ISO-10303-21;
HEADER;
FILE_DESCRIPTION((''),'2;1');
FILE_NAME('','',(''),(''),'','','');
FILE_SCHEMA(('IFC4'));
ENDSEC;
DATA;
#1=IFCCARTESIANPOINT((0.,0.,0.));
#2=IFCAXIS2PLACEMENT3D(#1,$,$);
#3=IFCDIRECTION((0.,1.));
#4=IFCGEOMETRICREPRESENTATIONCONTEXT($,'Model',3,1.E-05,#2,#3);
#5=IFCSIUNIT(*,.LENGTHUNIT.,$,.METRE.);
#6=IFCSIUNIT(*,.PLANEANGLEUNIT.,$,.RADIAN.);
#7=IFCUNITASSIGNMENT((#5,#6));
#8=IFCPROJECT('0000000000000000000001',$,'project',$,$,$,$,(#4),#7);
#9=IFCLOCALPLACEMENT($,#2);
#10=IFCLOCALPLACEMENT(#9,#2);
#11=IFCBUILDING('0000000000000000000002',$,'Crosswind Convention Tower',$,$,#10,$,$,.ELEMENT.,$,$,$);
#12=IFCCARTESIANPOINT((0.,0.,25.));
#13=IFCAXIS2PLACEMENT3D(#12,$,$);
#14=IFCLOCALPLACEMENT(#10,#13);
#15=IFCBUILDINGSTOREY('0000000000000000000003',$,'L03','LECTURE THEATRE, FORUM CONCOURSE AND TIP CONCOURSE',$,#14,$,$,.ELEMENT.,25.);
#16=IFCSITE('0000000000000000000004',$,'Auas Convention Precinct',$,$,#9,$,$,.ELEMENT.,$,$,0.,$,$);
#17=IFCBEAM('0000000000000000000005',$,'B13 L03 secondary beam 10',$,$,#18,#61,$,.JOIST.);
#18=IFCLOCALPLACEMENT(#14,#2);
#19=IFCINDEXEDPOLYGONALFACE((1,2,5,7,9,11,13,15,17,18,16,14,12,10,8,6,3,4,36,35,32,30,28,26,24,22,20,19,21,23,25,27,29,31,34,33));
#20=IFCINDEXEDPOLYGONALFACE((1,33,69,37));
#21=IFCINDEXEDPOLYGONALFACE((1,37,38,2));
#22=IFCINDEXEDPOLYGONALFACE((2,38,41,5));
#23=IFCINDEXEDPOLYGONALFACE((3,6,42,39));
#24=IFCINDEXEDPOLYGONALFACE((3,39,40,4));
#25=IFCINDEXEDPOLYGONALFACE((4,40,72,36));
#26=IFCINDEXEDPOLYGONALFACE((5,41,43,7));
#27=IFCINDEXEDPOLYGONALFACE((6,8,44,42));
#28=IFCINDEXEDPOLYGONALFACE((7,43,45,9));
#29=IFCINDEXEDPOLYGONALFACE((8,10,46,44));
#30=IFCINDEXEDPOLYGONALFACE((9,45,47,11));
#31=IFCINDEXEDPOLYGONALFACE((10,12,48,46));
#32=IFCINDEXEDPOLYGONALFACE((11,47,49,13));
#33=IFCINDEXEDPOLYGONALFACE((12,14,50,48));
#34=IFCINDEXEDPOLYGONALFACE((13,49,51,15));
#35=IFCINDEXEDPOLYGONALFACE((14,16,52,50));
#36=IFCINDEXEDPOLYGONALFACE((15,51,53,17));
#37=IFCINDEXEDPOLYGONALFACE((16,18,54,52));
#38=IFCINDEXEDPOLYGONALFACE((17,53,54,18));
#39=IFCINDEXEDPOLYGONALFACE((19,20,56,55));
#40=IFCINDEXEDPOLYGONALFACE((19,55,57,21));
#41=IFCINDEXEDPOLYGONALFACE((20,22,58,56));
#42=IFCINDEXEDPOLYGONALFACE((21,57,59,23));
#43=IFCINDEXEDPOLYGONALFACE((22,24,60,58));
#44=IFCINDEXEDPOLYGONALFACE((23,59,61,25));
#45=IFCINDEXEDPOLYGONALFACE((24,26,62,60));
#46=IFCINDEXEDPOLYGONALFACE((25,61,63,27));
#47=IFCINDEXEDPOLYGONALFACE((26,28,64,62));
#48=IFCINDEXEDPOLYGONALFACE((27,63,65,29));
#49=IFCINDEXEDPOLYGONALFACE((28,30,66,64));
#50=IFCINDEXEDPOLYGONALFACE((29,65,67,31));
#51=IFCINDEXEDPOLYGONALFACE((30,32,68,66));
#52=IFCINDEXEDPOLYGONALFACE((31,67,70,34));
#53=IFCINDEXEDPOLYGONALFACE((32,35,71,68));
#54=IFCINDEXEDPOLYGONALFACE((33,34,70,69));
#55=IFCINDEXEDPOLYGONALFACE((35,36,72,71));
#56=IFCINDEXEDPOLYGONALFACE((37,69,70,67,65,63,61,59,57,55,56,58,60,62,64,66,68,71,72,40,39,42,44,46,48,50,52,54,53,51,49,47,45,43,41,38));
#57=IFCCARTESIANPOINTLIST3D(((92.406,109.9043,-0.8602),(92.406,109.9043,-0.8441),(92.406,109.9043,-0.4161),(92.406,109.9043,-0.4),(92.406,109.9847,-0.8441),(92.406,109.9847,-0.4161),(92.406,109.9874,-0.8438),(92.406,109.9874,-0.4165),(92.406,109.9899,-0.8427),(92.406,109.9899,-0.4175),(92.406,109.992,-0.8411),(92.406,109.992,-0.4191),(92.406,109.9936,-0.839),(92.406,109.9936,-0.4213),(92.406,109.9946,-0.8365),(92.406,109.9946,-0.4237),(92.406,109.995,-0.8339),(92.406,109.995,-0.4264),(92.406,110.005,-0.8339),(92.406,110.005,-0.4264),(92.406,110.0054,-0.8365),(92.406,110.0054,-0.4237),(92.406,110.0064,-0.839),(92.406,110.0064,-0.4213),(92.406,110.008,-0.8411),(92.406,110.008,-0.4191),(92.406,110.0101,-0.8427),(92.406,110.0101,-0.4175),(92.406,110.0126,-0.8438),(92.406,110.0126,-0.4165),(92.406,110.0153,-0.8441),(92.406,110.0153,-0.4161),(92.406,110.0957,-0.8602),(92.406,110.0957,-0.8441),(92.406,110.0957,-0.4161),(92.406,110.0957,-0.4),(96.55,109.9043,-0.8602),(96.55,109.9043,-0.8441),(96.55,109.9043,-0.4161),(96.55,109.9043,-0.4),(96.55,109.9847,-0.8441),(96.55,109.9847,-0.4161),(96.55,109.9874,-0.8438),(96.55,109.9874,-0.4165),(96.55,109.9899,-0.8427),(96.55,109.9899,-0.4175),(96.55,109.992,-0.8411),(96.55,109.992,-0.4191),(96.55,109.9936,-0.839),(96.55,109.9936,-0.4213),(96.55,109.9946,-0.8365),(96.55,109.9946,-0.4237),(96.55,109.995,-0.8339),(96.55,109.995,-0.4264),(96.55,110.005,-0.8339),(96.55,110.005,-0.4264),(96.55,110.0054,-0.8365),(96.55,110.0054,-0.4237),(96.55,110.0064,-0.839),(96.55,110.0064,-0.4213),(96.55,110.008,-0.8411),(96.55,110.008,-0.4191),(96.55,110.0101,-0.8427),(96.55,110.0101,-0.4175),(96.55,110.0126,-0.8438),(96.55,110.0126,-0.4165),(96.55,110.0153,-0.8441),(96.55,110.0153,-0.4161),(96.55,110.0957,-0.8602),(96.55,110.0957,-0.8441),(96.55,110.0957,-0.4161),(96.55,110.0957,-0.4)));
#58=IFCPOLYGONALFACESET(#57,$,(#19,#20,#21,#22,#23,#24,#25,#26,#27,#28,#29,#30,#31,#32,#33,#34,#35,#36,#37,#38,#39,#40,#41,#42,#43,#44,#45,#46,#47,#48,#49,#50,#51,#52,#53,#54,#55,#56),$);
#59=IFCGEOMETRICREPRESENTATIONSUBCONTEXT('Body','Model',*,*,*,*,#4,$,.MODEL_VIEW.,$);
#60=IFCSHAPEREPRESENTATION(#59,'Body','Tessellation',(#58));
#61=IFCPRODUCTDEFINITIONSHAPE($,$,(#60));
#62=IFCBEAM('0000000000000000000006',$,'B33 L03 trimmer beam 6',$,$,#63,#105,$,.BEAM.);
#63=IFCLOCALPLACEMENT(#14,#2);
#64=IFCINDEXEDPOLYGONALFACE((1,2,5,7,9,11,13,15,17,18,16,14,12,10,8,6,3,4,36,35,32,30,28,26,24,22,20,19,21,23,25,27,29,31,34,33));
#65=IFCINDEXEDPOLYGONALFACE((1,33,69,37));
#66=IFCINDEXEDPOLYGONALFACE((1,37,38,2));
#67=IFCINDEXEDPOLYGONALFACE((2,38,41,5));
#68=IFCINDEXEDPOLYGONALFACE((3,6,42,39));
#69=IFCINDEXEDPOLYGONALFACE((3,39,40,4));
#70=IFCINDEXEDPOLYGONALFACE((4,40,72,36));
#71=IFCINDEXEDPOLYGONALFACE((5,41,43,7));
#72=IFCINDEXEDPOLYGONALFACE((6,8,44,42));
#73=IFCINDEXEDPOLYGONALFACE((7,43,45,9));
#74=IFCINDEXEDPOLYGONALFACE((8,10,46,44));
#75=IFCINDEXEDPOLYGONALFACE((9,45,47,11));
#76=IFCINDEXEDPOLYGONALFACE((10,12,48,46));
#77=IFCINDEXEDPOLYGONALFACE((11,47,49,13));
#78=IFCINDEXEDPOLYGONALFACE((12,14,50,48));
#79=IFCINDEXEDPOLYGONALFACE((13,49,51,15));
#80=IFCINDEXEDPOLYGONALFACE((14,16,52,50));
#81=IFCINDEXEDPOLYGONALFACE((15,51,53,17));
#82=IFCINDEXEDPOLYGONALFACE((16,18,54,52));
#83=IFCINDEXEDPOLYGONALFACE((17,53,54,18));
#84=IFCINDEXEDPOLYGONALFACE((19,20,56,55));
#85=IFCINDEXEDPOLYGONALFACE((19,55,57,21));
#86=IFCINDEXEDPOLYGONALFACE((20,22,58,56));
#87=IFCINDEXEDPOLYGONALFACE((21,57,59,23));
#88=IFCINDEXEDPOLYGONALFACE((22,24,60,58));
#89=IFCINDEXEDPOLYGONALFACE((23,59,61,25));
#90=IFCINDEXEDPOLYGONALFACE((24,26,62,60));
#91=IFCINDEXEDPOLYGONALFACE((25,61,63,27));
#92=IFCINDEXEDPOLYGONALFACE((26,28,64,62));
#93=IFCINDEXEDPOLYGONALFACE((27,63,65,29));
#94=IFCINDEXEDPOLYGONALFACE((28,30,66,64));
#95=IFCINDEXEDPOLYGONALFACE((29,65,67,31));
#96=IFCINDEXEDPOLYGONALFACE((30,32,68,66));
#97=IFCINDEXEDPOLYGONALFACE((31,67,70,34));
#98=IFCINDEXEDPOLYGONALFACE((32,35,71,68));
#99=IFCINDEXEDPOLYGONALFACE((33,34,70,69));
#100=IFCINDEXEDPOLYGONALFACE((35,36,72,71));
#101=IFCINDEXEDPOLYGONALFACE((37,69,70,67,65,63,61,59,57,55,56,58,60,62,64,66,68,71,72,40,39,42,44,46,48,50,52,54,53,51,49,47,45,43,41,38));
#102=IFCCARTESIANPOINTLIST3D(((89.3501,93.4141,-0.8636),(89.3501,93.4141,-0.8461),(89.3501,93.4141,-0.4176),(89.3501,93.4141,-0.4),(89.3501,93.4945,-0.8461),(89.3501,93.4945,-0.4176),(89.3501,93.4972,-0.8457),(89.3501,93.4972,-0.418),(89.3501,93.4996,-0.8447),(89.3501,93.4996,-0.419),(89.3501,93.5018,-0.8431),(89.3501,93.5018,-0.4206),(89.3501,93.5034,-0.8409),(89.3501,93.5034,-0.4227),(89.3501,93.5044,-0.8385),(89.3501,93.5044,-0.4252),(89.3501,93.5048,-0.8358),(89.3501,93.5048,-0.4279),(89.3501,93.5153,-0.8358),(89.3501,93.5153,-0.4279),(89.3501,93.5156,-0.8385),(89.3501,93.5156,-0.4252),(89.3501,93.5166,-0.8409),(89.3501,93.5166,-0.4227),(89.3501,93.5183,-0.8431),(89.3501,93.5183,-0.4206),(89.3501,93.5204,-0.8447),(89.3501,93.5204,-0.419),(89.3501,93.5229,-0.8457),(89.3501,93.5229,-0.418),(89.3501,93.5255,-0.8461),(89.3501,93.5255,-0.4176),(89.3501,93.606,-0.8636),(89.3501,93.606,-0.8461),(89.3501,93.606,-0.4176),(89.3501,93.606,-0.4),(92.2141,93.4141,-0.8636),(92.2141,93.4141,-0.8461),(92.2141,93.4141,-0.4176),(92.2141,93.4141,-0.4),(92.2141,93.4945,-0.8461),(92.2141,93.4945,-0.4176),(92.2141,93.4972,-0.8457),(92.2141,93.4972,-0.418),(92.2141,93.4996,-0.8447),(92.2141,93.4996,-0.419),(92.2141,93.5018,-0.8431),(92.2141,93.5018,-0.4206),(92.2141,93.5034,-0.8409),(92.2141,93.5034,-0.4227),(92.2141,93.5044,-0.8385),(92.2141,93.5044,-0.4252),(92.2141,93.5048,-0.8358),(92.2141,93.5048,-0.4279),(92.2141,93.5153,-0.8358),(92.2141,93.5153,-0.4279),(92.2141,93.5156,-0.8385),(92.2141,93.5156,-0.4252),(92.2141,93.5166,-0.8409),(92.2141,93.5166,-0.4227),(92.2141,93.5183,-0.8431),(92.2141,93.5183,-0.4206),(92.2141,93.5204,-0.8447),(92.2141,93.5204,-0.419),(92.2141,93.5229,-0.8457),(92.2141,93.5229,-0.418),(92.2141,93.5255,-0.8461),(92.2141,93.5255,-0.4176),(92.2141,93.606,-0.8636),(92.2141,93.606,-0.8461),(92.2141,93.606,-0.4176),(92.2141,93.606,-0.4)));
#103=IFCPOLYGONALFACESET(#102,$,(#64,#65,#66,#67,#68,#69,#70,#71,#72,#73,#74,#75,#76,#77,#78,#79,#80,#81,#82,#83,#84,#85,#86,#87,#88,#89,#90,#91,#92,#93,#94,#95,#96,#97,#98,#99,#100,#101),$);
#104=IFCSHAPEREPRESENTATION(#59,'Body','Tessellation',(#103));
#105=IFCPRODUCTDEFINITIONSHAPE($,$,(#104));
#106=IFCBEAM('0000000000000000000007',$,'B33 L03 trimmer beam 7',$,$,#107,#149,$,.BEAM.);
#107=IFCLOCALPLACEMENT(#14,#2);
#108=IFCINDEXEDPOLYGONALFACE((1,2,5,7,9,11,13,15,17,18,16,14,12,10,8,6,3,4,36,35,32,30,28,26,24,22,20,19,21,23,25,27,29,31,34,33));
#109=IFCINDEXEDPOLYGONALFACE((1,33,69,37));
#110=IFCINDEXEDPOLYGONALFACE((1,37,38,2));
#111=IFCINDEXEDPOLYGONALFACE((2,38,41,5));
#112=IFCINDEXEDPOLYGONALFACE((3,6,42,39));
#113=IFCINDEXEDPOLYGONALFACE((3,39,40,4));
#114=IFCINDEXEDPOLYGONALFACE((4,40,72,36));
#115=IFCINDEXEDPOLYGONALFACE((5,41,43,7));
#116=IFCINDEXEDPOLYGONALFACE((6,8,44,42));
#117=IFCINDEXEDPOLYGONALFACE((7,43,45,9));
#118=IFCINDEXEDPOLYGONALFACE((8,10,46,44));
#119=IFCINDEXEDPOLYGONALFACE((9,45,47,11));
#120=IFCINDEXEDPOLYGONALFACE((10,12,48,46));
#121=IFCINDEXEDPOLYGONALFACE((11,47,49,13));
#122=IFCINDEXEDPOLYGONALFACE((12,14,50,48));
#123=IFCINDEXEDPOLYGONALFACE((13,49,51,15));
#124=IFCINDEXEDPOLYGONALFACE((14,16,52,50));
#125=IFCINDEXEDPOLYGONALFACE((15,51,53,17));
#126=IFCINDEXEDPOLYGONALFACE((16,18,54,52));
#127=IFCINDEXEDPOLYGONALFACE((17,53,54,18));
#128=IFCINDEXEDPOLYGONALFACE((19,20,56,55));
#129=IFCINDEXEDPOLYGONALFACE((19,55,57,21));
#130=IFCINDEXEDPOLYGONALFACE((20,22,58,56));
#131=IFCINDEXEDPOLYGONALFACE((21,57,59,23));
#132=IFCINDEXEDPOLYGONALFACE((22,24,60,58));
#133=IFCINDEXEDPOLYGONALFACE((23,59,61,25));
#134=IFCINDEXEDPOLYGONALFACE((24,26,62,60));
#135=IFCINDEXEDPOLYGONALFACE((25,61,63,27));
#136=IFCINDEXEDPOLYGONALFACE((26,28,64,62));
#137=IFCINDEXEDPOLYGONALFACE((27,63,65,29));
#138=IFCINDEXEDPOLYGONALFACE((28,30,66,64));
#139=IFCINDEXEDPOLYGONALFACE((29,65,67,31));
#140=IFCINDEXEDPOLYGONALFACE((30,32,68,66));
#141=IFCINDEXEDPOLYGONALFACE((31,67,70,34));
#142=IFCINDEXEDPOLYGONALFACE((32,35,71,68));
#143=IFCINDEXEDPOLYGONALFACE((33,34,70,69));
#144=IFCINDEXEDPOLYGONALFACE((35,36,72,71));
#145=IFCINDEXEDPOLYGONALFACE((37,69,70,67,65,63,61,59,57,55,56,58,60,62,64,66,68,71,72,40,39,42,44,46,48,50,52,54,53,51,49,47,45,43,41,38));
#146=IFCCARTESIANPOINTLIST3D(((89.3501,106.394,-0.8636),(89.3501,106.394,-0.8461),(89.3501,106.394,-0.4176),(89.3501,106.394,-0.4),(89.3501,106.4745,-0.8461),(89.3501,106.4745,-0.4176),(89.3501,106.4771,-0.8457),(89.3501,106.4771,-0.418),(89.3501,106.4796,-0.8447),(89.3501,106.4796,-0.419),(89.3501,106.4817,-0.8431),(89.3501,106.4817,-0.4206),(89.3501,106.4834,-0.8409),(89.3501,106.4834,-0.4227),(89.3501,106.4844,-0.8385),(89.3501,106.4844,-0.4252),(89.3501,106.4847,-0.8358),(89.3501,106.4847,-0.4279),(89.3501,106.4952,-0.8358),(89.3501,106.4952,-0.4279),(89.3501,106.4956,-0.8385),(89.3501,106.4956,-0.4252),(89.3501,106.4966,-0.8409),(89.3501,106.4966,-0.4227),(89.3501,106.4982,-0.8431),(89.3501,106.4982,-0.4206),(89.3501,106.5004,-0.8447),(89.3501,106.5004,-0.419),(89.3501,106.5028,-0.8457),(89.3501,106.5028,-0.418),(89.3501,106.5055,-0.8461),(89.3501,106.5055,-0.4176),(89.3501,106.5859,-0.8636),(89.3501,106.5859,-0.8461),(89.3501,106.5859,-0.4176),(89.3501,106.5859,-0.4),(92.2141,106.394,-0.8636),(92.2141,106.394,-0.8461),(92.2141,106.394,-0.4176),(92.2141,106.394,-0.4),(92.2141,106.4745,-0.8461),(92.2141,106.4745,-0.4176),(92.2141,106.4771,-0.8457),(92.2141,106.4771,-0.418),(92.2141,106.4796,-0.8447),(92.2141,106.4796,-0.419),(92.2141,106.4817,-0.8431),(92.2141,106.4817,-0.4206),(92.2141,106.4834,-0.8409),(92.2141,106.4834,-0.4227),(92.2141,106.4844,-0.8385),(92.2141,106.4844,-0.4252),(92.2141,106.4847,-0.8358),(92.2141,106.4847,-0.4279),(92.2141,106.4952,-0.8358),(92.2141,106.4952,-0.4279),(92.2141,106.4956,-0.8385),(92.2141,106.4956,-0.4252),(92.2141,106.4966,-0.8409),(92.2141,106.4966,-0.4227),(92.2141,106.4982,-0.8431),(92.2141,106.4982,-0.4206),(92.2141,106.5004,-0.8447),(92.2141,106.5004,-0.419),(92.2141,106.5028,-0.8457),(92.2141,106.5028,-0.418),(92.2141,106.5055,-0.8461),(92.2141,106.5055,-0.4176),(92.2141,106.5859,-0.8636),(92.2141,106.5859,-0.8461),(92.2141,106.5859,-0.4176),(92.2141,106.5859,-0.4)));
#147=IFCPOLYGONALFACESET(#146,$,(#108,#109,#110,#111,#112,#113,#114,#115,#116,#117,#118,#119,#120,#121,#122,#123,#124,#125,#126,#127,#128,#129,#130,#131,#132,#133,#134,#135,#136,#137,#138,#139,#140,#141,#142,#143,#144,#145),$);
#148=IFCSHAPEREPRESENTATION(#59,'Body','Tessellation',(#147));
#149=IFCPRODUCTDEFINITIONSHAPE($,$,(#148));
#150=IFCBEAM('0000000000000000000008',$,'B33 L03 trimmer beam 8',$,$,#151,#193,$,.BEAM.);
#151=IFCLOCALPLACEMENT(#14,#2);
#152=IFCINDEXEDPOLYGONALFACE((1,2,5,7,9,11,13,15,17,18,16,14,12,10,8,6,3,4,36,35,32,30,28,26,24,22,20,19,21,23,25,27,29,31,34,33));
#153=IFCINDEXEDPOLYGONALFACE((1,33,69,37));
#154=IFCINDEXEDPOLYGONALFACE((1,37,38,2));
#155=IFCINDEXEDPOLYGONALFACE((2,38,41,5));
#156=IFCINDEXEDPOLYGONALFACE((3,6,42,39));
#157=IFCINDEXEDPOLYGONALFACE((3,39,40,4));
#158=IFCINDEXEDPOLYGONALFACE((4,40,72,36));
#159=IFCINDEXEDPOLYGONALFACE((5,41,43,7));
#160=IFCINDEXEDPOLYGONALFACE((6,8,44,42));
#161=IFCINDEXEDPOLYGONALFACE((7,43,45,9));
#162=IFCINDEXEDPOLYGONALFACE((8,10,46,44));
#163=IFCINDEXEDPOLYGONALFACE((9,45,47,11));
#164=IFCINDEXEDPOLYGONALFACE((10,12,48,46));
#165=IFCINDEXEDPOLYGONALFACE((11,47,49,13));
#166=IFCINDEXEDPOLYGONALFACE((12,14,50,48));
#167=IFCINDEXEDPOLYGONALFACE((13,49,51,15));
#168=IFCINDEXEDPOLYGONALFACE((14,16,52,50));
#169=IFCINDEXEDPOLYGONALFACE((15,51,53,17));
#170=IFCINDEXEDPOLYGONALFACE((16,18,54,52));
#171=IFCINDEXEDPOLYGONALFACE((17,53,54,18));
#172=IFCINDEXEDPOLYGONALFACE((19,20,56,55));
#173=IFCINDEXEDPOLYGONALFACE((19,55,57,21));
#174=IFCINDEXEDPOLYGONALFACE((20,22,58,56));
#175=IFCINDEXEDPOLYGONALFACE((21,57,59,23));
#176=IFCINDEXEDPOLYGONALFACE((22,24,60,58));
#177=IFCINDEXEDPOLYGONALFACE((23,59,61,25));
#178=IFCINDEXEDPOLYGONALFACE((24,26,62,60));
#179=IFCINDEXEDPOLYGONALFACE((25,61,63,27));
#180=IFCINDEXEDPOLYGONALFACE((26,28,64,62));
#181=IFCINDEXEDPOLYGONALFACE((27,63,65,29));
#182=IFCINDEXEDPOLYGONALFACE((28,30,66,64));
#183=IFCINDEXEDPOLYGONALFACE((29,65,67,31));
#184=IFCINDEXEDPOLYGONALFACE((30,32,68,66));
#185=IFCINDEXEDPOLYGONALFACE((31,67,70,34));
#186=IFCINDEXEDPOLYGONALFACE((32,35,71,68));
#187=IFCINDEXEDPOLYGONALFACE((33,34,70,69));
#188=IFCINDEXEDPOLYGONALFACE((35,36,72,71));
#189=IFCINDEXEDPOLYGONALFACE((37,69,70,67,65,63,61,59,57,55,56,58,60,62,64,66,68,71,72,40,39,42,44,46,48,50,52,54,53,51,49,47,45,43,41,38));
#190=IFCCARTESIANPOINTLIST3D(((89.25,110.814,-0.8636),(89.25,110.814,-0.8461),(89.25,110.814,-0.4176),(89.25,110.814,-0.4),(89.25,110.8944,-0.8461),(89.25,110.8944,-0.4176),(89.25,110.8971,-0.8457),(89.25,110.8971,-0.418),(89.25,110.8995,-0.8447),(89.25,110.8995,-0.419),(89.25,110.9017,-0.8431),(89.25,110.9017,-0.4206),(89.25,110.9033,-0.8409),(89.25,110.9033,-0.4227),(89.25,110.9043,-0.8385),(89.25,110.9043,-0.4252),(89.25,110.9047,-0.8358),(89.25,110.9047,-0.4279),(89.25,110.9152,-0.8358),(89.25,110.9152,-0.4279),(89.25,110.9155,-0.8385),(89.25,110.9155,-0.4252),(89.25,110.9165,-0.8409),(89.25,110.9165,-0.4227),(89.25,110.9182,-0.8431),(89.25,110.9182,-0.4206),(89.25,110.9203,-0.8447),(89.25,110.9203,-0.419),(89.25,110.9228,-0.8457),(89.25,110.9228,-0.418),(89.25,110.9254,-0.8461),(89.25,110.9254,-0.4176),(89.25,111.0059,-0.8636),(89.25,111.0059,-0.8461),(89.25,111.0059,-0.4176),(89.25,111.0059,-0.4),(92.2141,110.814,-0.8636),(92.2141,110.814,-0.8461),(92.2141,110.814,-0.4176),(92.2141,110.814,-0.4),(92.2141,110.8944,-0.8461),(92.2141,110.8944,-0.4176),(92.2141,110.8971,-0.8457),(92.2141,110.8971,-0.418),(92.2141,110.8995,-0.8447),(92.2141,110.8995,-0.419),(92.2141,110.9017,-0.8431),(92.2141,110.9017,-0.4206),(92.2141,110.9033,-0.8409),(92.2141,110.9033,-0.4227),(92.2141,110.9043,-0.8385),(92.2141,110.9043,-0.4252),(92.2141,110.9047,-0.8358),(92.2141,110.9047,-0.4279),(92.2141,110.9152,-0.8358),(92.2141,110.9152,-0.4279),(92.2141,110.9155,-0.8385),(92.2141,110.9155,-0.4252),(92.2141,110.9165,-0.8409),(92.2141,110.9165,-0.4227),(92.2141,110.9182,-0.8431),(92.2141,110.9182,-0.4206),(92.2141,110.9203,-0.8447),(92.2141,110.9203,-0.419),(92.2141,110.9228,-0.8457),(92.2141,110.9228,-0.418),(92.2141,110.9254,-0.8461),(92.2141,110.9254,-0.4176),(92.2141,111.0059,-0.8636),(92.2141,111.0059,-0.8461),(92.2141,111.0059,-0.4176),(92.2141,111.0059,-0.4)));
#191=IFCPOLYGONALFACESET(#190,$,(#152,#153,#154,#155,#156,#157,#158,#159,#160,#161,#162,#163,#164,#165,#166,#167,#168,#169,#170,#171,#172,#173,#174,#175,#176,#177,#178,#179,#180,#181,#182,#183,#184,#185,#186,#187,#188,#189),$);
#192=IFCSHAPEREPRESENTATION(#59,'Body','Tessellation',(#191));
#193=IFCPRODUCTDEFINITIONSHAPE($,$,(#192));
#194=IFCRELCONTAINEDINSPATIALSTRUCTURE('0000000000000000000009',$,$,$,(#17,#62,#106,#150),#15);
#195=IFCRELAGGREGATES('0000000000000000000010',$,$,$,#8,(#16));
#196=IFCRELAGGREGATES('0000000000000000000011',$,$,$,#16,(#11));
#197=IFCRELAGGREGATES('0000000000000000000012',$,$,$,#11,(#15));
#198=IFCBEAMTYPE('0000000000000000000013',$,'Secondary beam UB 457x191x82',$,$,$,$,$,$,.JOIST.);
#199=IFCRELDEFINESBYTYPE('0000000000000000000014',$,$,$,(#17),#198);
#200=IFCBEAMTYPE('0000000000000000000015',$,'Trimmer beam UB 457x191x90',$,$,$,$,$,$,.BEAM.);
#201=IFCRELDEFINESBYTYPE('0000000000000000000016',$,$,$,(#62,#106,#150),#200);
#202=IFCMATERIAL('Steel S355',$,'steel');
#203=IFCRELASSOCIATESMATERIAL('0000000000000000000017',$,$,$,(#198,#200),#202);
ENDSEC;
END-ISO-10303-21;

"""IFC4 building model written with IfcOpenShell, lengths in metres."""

from ifc_helpers import new_model, si_unit, direction, frame, origin, origin_2d, place, context, subcontext, project, spatial, i_section, extrude, material, material_profile, profile_set, type_object, element, save


model = new_model("IFC4")

# Units and contexts
model_context = context("Model", 3, precision=1e-05, world=origin(), true_north=direction((0.0, 1.0)))
body_context = subcontext(model_context, "Body", "Model", "MODEL_VIEW")
ifc_project = project(units=[si_unit("LENGTHUNIT", "METRE"), si_unit("PLANEANGLEUNIT", "RADIAN")], contexts=[model_context])

# Site, building, storey
site_placement = place(None, origin())
site = spatial("IfcSite", under=ifc_project, at=site_placement, Name="Auas Convention Precinct", CompositionType="ELEMENT", RefElevation=0.0)
building_placement = place(site_placement, origin())
building = spatial("IfcBuilding", under=site, at=building_placement, Name="Crosswind Convention Tower", CompositionType="ELEMENT")
storey_placement = place(building_placement, frame((0.0, 0.0, 25.0)))
storey = spatial("IfcBuildingStorey", under=building, at=storey_placement, Name="L03", Description="LECTURE THEATRE, FORUM CONCOURSE AND TIP CONCOURSE", CompositionType="ELEMENT", Elevation=25.0)

# Beams
ifc_material_1 = material(Name="Steel S355", Category="steel")
ifc_material_profile_1 = material_profile(ifc_material_1, i_section(OverallWidth=0.1914, OverallDepth=0.4602, WebThickness=0.01, FlangeThickness=0.0161, FilletRadius=0.0103, at=origin_2d()), Name="UB 457x191x82")
ifc_profile_set_1 = profile_set([ifc_material_profile_1], Name="Steel S355")
beam_type_1 = type_object("IfcBeamType", Name="Secondary beam UB 457x191x82", PredefinedType="JOIST", material=ifc_profile_set_1)
beam_1_placement = place(storey_placement, frame((92.406, 110.0, -0.6301), z_axis=(1.0, 0.0, 0.0), x_axis=(0.0, 1.0, 0.0)))
element("IfcBeam", 1, at=beam_1_placement, inside=storey, type_object=beam_type_1, Name="B13 L03 secondary beam 10", PredefinedType="JOIST", context=body_context, shape_type="SweptSolid", body=[
    extrude(i_section(OverallWidth=0.1914, OverallDepth=0.4602, WebThickness=0.01, FlangeThickness=0.0161, FilletRadius=0.0103, at=origin_2d()), origin(), (0.0, 0.0, 1.0), 4.144),
])
ifc_material_profile_2 = material_profile(ifc_material_1, i_section(OverallWidth=0.1919, OverallDepth=0.4636, WebThickness=0.0105, FlangeThickness=0.0176, FilletRadius=0.0103, at=origin_2d()), Name="UB 457x191x90")
ifc_profile_set_2 = profile_set([ifc_material_profile_2], Name="Steel S355")
beam_type_2 = type_object("IfcBeamType", Name="Trimmer beam UB 457x191x90", PredefinedType="BEAM", material=ifc_profile_set_2)
for number, where, z_axis, x_axis, name in (
    (2, (92.2141, 93.51, -0.6318), (-1.0, 0.0, 0.0), (0.0, -1.0, 0.0), "B33 L03 trimmer beam 6"),
    (3, (92.2141, 106.49, -0.6318), (-1.0, 0.0, 0.0), (0.0, -1.0, 0.0), "B33 L03 trimmer beam 7"),
):
    element("IfcBeam", number, at=place(storey_placement, frame(where, z_axis=z_axis, x_axis=x_axis)), inside=storey, type_object=beam_type_2, Name=name, PredefinedType="BEAM", context=body_context, shape_type="SweptSolid", body=[
        extrude(i_section(OverallWidth=0.1919, OverallDepth=0.4636, WebThickness=0.0105, FlangeThickness=0.0176, FilletRadius=0.0103, at=origin_2d()), origin(), (0.0, 0.0, 1.0), 2.864),
    ])
beam_2_placement = place(storey_placement, frame((92.2141, 110.9099, -0.6318), z_axis=(-1.0, 0.0, 0.0), x_axis=(0.0, -1.0, 0.0)))
element("IfcBeam", 4, at=beam_2_placement, inside=storey, type_object=beam_type_2, Name="B33 L03 trimmer beam 8", PredefinedType="BEAM", context=body_context, shape_type="SweptSolid", body=[
    extrude(i_section(OverallWidth=0.1919, OverallDepth=0.4636, WebThickness=0.0105, FlangeThickness=0.0176, FilletRadius=0.0103, at=origin_2d()), origin(), (0.0, 0.0, 1.0), 2.9641),
])

save(model, "model.ifc")
